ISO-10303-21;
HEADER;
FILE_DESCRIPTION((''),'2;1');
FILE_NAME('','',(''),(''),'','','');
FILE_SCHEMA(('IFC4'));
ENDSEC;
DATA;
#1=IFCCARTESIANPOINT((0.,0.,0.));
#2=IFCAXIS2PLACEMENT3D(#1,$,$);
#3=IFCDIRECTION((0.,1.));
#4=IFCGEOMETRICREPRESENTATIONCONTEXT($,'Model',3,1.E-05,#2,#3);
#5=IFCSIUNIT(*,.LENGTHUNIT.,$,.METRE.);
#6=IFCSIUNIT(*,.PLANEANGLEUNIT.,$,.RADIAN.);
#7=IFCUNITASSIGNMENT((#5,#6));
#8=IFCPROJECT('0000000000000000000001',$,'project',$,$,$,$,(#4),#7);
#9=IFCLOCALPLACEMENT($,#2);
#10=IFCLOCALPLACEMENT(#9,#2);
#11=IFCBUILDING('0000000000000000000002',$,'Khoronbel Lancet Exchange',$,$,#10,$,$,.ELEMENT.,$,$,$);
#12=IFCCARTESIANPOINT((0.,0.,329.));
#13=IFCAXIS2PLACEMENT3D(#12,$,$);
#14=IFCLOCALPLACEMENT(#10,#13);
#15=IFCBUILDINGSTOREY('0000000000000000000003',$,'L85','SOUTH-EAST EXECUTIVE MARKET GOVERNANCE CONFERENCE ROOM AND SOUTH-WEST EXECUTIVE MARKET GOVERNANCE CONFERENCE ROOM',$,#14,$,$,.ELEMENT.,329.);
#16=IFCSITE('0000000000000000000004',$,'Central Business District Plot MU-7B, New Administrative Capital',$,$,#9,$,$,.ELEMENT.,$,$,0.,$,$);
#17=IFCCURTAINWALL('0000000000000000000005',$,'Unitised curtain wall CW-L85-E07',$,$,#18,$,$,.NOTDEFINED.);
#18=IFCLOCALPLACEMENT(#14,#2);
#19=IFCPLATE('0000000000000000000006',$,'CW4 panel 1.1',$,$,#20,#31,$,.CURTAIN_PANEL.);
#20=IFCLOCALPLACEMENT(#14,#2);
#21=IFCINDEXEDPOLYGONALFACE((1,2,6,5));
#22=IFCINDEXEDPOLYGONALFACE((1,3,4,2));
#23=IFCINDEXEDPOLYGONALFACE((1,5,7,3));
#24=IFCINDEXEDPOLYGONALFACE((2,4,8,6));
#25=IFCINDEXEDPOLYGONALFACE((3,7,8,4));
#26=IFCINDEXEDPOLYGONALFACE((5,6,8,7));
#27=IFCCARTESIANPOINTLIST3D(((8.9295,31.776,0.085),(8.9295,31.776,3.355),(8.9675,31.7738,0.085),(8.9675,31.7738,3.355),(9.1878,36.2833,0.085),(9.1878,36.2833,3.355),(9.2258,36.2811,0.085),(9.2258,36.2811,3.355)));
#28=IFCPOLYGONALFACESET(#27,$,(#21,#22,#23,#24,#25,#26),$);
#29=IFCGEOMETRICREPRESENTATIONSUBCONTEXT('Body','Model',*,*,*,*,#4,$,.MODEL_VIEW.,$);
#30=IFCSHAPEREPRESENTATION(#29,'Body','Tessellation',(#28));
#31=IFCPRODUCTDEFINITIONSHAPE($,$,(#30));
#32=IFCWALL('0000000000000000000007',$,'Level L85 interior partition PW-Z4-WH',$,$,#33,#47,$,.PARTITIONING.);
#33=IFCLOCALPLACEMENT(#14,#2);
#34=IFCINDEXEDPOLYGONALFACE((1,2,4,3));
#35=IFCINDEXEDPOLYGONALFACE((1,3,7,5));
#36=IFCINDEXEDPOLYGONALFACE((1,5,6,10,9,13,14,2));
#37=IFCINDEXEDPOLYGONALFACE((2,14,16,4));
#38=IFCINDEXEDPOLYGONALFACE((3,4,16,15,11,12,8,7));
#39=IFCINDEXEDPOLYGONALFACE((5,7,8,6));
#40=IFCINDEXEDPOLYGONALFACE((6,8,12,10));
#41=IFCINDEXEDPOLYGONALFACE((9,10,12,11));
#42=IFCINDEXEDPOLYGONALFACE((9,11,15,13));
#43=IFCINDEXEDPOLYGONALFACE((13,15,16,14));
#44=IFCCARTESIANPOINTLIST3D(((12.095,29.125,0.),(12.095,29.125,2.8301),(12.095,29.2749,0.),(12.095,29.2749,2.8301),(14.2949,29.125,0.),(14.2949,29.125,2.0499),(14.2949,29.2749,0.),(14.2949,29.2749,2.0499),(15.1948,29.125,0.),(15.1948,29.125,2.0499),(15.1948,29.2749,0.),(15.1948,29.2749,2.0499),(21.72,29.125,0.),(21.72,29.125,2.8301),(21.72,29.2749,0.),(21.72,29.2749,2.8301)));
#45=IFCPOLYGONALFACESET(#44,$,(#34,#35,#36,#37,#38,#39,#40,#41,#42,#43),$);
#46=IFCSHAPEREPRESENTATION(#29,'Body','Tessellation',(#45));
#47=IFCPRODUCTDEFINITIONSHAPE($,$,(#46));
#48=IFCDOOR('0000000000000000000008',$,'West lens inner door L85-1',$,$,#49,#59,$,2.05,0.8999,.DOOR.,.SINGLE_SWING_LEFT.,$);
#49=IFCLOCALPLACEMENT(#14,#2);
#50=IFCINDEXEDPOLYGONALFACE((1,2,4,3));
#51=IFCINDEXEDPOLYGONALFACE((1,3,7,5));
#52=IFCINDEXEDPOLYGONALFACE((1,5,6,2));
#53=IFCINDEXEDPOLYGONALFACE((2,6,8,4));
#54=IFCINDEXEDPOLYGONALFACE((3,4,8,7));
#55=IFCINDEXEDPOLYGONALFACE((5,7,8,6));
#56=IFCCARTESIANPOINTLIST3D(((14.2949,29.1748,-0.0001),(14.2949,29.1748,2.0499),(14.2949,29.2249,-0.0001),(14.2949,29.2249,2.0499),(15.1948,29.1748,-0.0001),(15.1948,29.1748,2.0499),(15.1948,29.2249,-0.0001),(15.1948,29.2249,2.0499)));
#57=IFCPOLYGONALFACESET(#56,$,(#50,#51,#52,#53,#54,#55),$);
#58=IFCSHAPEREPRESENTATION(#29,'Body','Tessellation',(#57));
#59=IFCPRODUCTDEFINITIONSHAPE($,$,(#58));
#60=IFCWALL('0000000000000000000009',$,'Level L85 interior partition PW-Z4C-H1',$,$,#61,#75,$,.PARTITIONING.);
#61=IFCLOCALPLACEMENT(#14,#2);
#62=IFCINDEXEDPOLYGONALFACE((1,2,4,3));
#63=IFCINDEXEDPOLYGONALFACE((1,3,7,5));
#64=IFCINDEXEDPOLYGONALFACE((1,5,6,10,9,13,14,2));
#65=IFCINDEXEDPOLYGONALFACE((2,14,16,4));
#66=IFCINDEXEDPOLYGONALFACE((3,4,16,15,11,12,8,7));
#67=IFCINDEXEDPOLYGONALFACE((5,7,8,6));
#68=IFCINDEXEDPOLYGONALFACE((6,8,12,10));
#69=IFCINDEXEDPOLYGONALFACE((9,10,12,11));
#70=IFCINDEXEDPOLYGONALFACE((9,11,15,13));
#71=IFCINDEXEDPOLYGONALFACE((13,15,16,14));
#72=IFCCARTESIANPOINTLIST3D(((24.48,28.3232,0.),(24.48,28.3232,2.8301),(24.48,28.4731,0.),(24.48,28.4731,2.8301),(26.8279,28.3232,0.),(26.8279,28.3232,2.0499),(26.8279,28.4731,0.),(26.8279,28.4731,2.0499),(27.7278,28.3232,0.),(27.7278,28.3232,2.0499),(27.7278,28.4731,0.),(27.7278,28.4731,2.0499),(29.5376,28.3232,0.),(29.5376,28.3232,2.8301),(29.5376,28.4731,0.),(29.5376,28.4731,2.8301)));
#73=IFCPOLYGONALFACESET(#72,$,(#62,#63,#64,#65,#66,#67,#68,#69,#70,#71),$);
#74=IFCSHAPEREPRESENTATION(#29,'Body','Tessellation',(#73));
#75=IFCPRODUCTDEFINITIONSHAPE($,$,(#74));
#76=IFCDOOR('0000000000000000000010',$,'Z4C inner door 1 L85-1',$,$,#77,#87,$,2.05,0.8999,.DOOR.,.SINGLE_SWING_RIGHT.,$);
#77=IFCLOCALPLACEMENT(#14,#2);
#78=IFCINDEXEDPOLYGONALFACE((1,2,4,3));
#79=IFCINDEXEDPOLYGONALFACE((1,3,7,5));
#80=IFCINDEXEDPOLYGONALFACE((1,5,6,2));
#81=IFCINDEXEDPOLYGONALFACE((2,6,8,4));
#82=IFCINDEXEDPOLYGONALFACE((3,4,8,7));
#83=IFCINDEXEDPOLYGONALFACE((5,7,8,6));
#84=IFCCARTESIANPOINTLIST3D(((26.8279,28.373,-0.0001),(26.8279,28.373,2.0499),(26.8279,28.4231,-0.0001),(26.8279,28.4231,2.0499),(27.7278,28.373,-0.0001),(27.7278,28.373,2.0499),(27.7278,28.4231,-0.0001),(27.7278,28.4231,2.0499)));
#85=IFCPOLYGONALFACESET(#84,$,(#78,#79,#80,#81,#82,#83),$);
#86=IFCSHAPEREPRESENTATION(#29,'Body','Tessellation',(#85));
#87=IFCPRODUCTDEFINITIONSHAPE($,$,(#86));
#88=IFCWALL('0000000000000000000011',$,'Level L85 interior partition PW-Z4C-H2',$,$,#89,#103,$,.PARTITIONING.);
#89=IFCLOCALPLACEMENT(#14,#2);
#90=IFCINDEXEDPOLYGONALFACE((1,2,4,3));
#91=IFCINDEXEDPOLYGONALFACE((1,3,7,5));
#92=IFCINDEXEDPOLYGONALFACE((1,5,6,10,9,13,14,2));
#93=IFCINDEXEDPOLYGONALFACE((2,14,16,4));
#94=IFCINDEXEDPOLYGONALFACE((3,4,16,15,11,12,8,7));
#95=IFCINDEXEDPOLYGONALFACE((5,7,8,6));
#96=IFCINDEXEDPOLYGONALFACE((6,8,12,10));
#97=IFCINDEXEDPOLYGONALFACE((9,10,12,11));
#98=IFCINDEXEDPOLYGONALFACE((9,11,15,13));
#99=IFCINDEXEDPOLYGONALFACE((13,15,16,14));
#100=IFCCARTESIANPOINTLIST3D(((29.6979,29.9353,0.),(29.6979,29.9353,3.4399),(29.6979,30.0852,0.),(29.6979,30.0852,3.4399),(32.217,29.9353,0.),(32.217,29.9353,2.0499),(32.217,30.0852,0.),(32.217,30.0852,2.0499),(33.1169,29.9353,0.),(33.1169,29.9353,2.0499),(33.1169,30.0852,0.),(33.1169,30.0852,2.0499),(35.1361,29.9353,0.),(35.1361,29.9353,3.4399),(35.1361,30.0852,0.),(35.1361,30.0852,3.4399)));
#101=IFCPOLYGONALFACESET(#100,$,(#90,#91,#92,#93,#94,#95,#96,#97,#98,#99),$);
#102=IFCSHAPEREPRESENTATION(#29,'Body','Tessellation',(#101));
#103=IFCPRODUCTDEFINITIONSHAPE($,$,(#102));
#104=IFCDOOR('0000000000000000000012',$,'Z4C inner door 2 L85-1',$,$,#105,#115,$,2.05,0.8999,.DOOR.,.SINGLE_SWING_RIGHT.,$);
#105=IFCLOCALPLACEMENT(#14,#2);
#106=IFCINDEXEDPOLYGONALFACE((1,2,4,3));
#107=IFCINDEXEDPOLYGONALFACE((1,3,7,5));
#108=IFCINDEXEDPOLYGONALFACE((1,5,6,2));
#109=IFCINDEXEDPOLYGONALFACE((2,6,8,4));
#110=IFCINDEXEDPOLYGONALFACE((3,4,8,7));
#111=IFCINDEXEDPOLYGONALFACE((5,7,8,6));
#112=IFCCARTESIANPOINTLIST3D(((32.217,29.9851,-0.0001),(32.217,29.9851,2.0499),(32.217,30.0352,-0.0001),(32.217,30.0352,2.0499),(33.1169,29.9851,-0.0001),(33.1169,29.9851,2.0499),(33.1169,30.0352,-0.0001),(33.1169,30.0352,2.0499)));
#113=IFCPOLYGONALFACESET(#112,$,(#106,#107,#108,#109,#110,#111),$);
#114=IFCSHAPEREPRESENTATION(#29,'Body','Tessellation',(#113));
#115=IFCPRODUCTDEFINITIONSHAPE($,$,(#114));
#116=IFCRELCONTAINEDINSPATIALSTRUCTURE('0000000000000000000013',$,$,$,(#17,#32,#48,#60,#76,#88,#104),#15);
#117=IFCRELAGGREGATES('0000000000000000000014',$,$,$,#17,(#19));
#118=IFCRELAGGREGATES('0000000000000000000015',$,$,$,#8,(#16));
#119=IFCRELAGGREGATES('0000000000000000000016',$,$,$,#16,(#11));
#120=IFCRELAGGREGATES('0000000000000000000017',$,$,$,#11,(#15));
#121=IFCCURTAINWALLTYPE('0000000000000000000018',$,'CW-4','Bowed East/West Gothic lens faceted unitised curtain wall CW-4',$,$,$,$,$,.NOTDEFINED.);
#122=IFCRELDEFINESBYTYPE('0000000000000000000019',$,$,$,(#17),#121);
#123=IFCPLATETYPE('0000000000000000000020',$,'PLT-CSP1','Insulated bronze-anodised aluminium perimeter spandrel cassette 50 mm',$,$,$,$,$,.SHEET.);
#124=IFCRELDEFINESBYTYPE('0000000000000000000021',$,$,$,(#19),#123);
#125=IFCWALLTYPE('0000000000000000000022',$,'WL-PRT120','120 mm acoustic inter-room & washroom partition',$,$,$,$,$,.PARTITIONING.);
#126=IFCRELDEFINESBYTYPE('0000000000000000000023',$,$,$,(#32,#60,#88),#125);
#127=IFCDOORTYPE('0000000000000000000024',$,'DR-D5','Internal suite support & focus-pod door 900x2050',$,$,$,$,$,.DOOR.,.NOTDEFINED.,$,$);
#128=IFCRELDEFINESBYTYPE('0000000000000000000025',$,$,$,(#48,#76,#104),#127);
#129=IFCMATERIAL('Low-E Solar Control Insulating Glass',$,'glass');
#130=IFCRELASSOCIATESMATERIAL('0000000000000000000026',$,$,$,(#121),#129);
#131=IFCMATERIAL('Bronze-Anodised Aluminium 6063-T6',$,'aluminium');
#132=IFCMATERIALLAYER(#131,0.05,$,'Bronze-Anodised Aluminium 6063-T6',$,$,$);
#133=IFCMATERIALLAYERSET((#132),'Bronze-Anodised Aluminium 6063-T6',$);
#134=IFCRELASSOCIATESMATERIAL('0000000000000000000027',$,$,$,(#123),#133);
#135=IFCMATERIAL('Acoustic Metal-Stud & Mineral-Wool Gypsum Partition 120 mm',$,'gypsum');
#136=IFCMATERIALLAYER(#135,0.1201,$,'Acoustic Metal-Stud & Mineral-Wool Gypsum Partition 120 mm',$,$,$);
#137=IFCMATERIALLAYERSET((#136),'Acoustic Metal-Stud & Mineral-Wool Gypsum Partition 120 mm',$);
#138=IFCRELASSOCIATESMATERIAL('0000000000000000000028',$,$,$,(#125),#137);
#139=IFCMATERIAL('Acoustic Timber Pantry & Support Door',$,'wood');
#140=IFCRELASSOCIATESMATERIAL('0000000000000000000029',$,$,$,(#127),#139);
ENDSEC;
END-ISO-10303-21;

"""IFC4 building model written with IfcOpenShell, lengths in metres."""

from ifc_helpers import new_model, si_unit, direction, frame, frame_2d, origin, origin_2d, place, context, subcontext, project, spatial, rectangle, extrude, material, layer, layer_set, type_object, element, fill, aggregate, save


model = new_model("IFC4")

# Units and contexts
model_context = context("Model", 3, precision=1e-05, world=origin(), true_north=direction((0.0, 1.0)))
body_context = subcontext(model_context, "Body", "Model", "MODEL_VIEW")
ifc_project = project(units=[si_unit("LENGTHUNIT", "METRE"), si_unit("PLANEANGLEUNIT", "RADIAN")], contexts=[model_context])

# Site, building, storey
site_placement = place(None, origin())
site = spatial("IfcSite", under=ifc_project, at=site_placement, Name="Central Business District Plot MU-7B, New Administrative Capital", CompositionType="ELEMENT", RefElevation=0.0)
building_placement = place(site_placement, origin())
building = spatial("IfcBuilding", under=site, at=building_placement, Name="Khoronbel Lancet Exchange", CompositionType="ELEMENT")
storey_placement = place(building_placement, frame((0.0, 0.0, 329.0)))
storey = spatial("IfcBuildingStorey", under=building, at=storey_placement, Name="L85", Description="SOUTH-EAST EXECUTIVE MARKET GOVERNANCE CONFERENCE ROOM AND SOUTH-WEST EXECUTIVE MARKET GOVERNANCE CONFERENCE ROOM", CompositionType="ELEMENT", Elevation=329.0)

# Shared definitions
ifc_material_1 = material(Name="Low-E Solar Control Insulating Glass", Category="glass")
curtain_wall_type = type_object("IfcCurtainWallType", Name="CW-4", Description="Bowed East/West Gothic lens faceted unitised curtain wall CW-4", PredefinedType="NOTDEFINED", material=ifc_material_1)
ifc_material_2 = material(Name="Bronze-Anodised Aluminium 6063-T6", Category="aluminium")

# Curtain wall
curtain_wall_1_placement = place(storey_placement, origin())
curtain_wall_1 = element("IfcCurtainWall", 1, at=curtain_wall_1_placement, inside=storey, type_object=curtain_wall_type, Name="Unitised curtain wall CW-L85-E07", PredefinedType="NOTDEFINED")

# Plate
ifc_layer_1 = layer(ifc_material_2, 0.05, Name="Bronze-Anodised Aluminium 6063-T6")
ifc_layer_set_1 = layer_set([ifc_layer_1], Name="Bronze-Anodised Aluminium 6063-T6")
plate_type = type_object("IfcPlateType", Name="PLT-CSP1", Description="Insulated bronze-anodised aluminium perimeter spandrel cassette 50 mm", PredefinedType="SHEET", material=ifc_layer_set_1)
plate_1_placement = place(storey_placement, frame((9.0776, 34.0286, 0.085), z_axis=(0.0, 0.0, 1.0), x_axis=(0.057216, 0.998362, 0.0)))
plate_1 = element("IfcPlate", 2, at=plate_1_placement, type_object=plate_type, Name="CW4 panel 1.1", PredefinedType="CURTAIN_PANEL", context=body_context, shape_type="SweptSolid", body=[
    extrude(rectangle(XDim=4.5146, YDim=0.0381, at=origin_2d()), origin(), (0.0, 0.0, 1.0), 3.27),
])
aggregate(curtain_wall_1, [plate_1])

# Walls, openings, doors
ifc_material_3 = material(Name="Acoustic Metal-Stud & Mineral-Wool Gypsum Partition 120 mm", Category="gypsum")
ifc_layer_2 = layer(ifc_material_3, 0.1201, Name="Acoustic Metal-Stud & Mineral-Wool Gypsum Partition 120 mm")
ifc_layer_set_2 = layer_set([ifc_layer_2], Name="Acoustic Metal-Stud & Mineral-Wool Gypsum Partition 120 mm")
wall_type = type_object("IfcWallType", Name="WL-PRT120", Description="120 mm acoustic inter-room & washroom partition", PredefinedType="PARTITIONING", material=ifc_layer_set_2)
wall_1_placement = place(storey_placement, frame((12.095, 29.2, 0.0), z_axis=(0.0, 0.0, 1.0), x_axis=(1.0, 0.0, 0.0)))
wall_1 = element("IfcWall", 3, at=wall_1_placement, inside=storey, type_object=wall_type, Name="Level L85 interior partition PW-Z4-WH", PredefinedType="PARTITIONING", context=body_context, shape_type="SweptSolid", body=[
    extrude(rectangle(XDim=9.625, YDim=0.1499, at=frame_2d((4.8125, 0.0))), origin(), (0.0, 0.0, 1.0), 2.8301),
])
opening_1_placement = place(wall_1_placement, frame((2.2, 0.0, 0.0)))
opening_1 = element("IfcOpeningElement", 4, at=opening_1_placement, cuts=wall_1, PredefinedType="OPENING", context=body_context, shape_type="SweptSolid", body=[
    extrude(rectangle(XDim=0.8999, YDim=2.05, at=frame_2d((0.45, 1.0249))), frame((0.0, 0.085, 0.0), z_axis=(0.0, -1.0, 0.0), x_axis=(1.0, 0.0, 0.0)), (0.0, 0.0, 1.0), 0.1699),
])
ifc_material_4 = material(Name="Acoustic Timber Pantry & Support Door", Category="wood")
door_type = type_object("IfcDoorType", Name="DR-D5", Description="Internal suite support & focus-pod door 900x2050", OperationType="NOTDEFINED", PredefinedType="DOOR", material=ifc_material_4)
door_1_placement = place(opening_1_placement, origin())
door_1 = element("IfcDoor", 5, at=door_1_placement, inside=storey, type_object=door_type, Name="West lens inner door L85-1", OperationType="SINGLE_SWING_LEFT", OverallHeight=2.05, OverallWidth=0.8999, PredefinedType="DOOR", context=body_context, shape_type="SweptSolid", body=[
    extrude(rectangle(XDim=0.8999, YDim=2.05, at=frame_2d((0.45, 1.0249))), frame((0.0, 0.0249, 0.0), z_axis=(0.0, -1.0, 0.0), x_axis=(1.0, 0.0, 0.0)), (0.0, 0.0, 1.0), 0.05),
])
fill(opening_1, door_1)
wall_2_placement = place(storey_placement, frame((24.48, 28.3982, 0.0), z_axis=(0.0, 0.0, 1.0), x_axis=(1.0, 0.0, 0.0)))
wall_2 = element("IfcWall", 6, at=wall_2_placement, inside=storey, type_object=wall_type, Name="Level L85 interior partition PW-Z4C-H1", PredefinedType="PARTITIONING", context=body_context, shape_type="SweptSolid", body=[
    extrude(rectangle(XDim=5.0576, YDim=0.1499, at=frame_2d((2.5288, 0.0))), origin(), (0.0, 0.0, 1.0), 2.8301),
])
opening_2_placement = place(wall_2_placement, frame((2.3479, 0.0, 0.0)))
opening_2 = element("IfcOpeningElement", 7, at=opening_2_placement, cuts=wall_2, PredefinedType="OPENING", context=body_context, shape_type="SweptSolid", body=[
    extrude(rectangle(XDim=0.8999, YDim=2.05, at=frame_2d((0.45, 1.0249))), frame((0.0, 0.085, 0.0), z_axis=(0.0, -1.0, 0.0), x_axis=(1.0, 0.0, 0.0)), (0.0, 0.0, 1.0), 0.1699),
])
door_2_placement = place(opening_2_placement, origin())
door_2 = element("IfcDoor", 8, at=door_2_placement, inside=storey, type_object=door_type, Name="Z4C inner door 1 L85-1", OperationType="SINGLE_SWING_RIGHT", OverallHeight=2.05, OverallWidth=0.8999, PredefinedType="DOOR", context=body_context, shape_type="SweptSolid", body=[
    extrude(rectangle(XDim=0.8999, YDim=2.05, at=frame_2d((0.45, 1.0249))), frame((0.0, 0.0249, 0.0), z_axis=(0.0, -1.0, 0.0), x_axis=(1.0, 0.0, 0.0)), (0.0, 0.0, 1.0), 0.05),
])
fill(opening_2, door_2)
wall_3_placement = place(storey_placement, frame((29.6978, 30.0103, 0.0), z_axis=(0.0, 0.0, 1.0), x_axis=(1.0, 0.0, 0.0)))
wall_3 = element("IfcWall", 9, at=wall_3_placement, inside=storey, type_object=wall_type, Name="Level L85 interior partition PW-Z4C-H2", PredefinedType="PARTITIONING", context=body_context, shape_type="SweptSolid", body=[
    extrude(rectangle(XDim=5.4382, YDim=0.1499, at=frame_2d((2.7192, 0.0))), origin(), (0.0, 0.0, 1.0), 3.4399),
])
opening_3_placement = place(wall_3_placement, frame((2.5193, 0.0, 0.0)))
opening_3 = element("IfcOpeningElement", 10, at=opening_3_placement, cuts=wall_3, PredefinedType="OPENING", context=body_context, shape_type="SweptSolid", body=[
    extrude(rectangle(XDim=0.8999, YDim=2.05, at=frame_2d((0.45, 1.0249))), frame((0.0, 0.085, 0.0), z_axis=(0.0, -1.0, 0.0), x_axis=(1.0, 0.0, 0.0)), (0.0, 0.0, 1.0), 0.1699),
])
door_3_placement = place(opening_3_placement, origin())
door_3 = element("IfcDoor", 11, at=door_3_placement, inside=storey, type_object=door_type, Name="Z4C inner door 2 L85-1", OperationType="SINGLE_SWING_RIGHT", OverallHeight=2.05, OverallWidth=0.8999, PredefinedType="DOOR", context=body_context, shape_type="SweptSolid", body=[
    extrude(rectangle(XDim=0.8999, YDim=2.05, at=frame_2d((0.45, 1.0249))), frame((0.0, 0.0249, 0.0), z_axis=(0.0, -1.0, 0.0), x_axis=(1.0, 0.0, 0.0)), (0.0, 0.0, 1.0), 0.05),
])
fill(opening_3, door_3)

save(model, "model.ifc")
